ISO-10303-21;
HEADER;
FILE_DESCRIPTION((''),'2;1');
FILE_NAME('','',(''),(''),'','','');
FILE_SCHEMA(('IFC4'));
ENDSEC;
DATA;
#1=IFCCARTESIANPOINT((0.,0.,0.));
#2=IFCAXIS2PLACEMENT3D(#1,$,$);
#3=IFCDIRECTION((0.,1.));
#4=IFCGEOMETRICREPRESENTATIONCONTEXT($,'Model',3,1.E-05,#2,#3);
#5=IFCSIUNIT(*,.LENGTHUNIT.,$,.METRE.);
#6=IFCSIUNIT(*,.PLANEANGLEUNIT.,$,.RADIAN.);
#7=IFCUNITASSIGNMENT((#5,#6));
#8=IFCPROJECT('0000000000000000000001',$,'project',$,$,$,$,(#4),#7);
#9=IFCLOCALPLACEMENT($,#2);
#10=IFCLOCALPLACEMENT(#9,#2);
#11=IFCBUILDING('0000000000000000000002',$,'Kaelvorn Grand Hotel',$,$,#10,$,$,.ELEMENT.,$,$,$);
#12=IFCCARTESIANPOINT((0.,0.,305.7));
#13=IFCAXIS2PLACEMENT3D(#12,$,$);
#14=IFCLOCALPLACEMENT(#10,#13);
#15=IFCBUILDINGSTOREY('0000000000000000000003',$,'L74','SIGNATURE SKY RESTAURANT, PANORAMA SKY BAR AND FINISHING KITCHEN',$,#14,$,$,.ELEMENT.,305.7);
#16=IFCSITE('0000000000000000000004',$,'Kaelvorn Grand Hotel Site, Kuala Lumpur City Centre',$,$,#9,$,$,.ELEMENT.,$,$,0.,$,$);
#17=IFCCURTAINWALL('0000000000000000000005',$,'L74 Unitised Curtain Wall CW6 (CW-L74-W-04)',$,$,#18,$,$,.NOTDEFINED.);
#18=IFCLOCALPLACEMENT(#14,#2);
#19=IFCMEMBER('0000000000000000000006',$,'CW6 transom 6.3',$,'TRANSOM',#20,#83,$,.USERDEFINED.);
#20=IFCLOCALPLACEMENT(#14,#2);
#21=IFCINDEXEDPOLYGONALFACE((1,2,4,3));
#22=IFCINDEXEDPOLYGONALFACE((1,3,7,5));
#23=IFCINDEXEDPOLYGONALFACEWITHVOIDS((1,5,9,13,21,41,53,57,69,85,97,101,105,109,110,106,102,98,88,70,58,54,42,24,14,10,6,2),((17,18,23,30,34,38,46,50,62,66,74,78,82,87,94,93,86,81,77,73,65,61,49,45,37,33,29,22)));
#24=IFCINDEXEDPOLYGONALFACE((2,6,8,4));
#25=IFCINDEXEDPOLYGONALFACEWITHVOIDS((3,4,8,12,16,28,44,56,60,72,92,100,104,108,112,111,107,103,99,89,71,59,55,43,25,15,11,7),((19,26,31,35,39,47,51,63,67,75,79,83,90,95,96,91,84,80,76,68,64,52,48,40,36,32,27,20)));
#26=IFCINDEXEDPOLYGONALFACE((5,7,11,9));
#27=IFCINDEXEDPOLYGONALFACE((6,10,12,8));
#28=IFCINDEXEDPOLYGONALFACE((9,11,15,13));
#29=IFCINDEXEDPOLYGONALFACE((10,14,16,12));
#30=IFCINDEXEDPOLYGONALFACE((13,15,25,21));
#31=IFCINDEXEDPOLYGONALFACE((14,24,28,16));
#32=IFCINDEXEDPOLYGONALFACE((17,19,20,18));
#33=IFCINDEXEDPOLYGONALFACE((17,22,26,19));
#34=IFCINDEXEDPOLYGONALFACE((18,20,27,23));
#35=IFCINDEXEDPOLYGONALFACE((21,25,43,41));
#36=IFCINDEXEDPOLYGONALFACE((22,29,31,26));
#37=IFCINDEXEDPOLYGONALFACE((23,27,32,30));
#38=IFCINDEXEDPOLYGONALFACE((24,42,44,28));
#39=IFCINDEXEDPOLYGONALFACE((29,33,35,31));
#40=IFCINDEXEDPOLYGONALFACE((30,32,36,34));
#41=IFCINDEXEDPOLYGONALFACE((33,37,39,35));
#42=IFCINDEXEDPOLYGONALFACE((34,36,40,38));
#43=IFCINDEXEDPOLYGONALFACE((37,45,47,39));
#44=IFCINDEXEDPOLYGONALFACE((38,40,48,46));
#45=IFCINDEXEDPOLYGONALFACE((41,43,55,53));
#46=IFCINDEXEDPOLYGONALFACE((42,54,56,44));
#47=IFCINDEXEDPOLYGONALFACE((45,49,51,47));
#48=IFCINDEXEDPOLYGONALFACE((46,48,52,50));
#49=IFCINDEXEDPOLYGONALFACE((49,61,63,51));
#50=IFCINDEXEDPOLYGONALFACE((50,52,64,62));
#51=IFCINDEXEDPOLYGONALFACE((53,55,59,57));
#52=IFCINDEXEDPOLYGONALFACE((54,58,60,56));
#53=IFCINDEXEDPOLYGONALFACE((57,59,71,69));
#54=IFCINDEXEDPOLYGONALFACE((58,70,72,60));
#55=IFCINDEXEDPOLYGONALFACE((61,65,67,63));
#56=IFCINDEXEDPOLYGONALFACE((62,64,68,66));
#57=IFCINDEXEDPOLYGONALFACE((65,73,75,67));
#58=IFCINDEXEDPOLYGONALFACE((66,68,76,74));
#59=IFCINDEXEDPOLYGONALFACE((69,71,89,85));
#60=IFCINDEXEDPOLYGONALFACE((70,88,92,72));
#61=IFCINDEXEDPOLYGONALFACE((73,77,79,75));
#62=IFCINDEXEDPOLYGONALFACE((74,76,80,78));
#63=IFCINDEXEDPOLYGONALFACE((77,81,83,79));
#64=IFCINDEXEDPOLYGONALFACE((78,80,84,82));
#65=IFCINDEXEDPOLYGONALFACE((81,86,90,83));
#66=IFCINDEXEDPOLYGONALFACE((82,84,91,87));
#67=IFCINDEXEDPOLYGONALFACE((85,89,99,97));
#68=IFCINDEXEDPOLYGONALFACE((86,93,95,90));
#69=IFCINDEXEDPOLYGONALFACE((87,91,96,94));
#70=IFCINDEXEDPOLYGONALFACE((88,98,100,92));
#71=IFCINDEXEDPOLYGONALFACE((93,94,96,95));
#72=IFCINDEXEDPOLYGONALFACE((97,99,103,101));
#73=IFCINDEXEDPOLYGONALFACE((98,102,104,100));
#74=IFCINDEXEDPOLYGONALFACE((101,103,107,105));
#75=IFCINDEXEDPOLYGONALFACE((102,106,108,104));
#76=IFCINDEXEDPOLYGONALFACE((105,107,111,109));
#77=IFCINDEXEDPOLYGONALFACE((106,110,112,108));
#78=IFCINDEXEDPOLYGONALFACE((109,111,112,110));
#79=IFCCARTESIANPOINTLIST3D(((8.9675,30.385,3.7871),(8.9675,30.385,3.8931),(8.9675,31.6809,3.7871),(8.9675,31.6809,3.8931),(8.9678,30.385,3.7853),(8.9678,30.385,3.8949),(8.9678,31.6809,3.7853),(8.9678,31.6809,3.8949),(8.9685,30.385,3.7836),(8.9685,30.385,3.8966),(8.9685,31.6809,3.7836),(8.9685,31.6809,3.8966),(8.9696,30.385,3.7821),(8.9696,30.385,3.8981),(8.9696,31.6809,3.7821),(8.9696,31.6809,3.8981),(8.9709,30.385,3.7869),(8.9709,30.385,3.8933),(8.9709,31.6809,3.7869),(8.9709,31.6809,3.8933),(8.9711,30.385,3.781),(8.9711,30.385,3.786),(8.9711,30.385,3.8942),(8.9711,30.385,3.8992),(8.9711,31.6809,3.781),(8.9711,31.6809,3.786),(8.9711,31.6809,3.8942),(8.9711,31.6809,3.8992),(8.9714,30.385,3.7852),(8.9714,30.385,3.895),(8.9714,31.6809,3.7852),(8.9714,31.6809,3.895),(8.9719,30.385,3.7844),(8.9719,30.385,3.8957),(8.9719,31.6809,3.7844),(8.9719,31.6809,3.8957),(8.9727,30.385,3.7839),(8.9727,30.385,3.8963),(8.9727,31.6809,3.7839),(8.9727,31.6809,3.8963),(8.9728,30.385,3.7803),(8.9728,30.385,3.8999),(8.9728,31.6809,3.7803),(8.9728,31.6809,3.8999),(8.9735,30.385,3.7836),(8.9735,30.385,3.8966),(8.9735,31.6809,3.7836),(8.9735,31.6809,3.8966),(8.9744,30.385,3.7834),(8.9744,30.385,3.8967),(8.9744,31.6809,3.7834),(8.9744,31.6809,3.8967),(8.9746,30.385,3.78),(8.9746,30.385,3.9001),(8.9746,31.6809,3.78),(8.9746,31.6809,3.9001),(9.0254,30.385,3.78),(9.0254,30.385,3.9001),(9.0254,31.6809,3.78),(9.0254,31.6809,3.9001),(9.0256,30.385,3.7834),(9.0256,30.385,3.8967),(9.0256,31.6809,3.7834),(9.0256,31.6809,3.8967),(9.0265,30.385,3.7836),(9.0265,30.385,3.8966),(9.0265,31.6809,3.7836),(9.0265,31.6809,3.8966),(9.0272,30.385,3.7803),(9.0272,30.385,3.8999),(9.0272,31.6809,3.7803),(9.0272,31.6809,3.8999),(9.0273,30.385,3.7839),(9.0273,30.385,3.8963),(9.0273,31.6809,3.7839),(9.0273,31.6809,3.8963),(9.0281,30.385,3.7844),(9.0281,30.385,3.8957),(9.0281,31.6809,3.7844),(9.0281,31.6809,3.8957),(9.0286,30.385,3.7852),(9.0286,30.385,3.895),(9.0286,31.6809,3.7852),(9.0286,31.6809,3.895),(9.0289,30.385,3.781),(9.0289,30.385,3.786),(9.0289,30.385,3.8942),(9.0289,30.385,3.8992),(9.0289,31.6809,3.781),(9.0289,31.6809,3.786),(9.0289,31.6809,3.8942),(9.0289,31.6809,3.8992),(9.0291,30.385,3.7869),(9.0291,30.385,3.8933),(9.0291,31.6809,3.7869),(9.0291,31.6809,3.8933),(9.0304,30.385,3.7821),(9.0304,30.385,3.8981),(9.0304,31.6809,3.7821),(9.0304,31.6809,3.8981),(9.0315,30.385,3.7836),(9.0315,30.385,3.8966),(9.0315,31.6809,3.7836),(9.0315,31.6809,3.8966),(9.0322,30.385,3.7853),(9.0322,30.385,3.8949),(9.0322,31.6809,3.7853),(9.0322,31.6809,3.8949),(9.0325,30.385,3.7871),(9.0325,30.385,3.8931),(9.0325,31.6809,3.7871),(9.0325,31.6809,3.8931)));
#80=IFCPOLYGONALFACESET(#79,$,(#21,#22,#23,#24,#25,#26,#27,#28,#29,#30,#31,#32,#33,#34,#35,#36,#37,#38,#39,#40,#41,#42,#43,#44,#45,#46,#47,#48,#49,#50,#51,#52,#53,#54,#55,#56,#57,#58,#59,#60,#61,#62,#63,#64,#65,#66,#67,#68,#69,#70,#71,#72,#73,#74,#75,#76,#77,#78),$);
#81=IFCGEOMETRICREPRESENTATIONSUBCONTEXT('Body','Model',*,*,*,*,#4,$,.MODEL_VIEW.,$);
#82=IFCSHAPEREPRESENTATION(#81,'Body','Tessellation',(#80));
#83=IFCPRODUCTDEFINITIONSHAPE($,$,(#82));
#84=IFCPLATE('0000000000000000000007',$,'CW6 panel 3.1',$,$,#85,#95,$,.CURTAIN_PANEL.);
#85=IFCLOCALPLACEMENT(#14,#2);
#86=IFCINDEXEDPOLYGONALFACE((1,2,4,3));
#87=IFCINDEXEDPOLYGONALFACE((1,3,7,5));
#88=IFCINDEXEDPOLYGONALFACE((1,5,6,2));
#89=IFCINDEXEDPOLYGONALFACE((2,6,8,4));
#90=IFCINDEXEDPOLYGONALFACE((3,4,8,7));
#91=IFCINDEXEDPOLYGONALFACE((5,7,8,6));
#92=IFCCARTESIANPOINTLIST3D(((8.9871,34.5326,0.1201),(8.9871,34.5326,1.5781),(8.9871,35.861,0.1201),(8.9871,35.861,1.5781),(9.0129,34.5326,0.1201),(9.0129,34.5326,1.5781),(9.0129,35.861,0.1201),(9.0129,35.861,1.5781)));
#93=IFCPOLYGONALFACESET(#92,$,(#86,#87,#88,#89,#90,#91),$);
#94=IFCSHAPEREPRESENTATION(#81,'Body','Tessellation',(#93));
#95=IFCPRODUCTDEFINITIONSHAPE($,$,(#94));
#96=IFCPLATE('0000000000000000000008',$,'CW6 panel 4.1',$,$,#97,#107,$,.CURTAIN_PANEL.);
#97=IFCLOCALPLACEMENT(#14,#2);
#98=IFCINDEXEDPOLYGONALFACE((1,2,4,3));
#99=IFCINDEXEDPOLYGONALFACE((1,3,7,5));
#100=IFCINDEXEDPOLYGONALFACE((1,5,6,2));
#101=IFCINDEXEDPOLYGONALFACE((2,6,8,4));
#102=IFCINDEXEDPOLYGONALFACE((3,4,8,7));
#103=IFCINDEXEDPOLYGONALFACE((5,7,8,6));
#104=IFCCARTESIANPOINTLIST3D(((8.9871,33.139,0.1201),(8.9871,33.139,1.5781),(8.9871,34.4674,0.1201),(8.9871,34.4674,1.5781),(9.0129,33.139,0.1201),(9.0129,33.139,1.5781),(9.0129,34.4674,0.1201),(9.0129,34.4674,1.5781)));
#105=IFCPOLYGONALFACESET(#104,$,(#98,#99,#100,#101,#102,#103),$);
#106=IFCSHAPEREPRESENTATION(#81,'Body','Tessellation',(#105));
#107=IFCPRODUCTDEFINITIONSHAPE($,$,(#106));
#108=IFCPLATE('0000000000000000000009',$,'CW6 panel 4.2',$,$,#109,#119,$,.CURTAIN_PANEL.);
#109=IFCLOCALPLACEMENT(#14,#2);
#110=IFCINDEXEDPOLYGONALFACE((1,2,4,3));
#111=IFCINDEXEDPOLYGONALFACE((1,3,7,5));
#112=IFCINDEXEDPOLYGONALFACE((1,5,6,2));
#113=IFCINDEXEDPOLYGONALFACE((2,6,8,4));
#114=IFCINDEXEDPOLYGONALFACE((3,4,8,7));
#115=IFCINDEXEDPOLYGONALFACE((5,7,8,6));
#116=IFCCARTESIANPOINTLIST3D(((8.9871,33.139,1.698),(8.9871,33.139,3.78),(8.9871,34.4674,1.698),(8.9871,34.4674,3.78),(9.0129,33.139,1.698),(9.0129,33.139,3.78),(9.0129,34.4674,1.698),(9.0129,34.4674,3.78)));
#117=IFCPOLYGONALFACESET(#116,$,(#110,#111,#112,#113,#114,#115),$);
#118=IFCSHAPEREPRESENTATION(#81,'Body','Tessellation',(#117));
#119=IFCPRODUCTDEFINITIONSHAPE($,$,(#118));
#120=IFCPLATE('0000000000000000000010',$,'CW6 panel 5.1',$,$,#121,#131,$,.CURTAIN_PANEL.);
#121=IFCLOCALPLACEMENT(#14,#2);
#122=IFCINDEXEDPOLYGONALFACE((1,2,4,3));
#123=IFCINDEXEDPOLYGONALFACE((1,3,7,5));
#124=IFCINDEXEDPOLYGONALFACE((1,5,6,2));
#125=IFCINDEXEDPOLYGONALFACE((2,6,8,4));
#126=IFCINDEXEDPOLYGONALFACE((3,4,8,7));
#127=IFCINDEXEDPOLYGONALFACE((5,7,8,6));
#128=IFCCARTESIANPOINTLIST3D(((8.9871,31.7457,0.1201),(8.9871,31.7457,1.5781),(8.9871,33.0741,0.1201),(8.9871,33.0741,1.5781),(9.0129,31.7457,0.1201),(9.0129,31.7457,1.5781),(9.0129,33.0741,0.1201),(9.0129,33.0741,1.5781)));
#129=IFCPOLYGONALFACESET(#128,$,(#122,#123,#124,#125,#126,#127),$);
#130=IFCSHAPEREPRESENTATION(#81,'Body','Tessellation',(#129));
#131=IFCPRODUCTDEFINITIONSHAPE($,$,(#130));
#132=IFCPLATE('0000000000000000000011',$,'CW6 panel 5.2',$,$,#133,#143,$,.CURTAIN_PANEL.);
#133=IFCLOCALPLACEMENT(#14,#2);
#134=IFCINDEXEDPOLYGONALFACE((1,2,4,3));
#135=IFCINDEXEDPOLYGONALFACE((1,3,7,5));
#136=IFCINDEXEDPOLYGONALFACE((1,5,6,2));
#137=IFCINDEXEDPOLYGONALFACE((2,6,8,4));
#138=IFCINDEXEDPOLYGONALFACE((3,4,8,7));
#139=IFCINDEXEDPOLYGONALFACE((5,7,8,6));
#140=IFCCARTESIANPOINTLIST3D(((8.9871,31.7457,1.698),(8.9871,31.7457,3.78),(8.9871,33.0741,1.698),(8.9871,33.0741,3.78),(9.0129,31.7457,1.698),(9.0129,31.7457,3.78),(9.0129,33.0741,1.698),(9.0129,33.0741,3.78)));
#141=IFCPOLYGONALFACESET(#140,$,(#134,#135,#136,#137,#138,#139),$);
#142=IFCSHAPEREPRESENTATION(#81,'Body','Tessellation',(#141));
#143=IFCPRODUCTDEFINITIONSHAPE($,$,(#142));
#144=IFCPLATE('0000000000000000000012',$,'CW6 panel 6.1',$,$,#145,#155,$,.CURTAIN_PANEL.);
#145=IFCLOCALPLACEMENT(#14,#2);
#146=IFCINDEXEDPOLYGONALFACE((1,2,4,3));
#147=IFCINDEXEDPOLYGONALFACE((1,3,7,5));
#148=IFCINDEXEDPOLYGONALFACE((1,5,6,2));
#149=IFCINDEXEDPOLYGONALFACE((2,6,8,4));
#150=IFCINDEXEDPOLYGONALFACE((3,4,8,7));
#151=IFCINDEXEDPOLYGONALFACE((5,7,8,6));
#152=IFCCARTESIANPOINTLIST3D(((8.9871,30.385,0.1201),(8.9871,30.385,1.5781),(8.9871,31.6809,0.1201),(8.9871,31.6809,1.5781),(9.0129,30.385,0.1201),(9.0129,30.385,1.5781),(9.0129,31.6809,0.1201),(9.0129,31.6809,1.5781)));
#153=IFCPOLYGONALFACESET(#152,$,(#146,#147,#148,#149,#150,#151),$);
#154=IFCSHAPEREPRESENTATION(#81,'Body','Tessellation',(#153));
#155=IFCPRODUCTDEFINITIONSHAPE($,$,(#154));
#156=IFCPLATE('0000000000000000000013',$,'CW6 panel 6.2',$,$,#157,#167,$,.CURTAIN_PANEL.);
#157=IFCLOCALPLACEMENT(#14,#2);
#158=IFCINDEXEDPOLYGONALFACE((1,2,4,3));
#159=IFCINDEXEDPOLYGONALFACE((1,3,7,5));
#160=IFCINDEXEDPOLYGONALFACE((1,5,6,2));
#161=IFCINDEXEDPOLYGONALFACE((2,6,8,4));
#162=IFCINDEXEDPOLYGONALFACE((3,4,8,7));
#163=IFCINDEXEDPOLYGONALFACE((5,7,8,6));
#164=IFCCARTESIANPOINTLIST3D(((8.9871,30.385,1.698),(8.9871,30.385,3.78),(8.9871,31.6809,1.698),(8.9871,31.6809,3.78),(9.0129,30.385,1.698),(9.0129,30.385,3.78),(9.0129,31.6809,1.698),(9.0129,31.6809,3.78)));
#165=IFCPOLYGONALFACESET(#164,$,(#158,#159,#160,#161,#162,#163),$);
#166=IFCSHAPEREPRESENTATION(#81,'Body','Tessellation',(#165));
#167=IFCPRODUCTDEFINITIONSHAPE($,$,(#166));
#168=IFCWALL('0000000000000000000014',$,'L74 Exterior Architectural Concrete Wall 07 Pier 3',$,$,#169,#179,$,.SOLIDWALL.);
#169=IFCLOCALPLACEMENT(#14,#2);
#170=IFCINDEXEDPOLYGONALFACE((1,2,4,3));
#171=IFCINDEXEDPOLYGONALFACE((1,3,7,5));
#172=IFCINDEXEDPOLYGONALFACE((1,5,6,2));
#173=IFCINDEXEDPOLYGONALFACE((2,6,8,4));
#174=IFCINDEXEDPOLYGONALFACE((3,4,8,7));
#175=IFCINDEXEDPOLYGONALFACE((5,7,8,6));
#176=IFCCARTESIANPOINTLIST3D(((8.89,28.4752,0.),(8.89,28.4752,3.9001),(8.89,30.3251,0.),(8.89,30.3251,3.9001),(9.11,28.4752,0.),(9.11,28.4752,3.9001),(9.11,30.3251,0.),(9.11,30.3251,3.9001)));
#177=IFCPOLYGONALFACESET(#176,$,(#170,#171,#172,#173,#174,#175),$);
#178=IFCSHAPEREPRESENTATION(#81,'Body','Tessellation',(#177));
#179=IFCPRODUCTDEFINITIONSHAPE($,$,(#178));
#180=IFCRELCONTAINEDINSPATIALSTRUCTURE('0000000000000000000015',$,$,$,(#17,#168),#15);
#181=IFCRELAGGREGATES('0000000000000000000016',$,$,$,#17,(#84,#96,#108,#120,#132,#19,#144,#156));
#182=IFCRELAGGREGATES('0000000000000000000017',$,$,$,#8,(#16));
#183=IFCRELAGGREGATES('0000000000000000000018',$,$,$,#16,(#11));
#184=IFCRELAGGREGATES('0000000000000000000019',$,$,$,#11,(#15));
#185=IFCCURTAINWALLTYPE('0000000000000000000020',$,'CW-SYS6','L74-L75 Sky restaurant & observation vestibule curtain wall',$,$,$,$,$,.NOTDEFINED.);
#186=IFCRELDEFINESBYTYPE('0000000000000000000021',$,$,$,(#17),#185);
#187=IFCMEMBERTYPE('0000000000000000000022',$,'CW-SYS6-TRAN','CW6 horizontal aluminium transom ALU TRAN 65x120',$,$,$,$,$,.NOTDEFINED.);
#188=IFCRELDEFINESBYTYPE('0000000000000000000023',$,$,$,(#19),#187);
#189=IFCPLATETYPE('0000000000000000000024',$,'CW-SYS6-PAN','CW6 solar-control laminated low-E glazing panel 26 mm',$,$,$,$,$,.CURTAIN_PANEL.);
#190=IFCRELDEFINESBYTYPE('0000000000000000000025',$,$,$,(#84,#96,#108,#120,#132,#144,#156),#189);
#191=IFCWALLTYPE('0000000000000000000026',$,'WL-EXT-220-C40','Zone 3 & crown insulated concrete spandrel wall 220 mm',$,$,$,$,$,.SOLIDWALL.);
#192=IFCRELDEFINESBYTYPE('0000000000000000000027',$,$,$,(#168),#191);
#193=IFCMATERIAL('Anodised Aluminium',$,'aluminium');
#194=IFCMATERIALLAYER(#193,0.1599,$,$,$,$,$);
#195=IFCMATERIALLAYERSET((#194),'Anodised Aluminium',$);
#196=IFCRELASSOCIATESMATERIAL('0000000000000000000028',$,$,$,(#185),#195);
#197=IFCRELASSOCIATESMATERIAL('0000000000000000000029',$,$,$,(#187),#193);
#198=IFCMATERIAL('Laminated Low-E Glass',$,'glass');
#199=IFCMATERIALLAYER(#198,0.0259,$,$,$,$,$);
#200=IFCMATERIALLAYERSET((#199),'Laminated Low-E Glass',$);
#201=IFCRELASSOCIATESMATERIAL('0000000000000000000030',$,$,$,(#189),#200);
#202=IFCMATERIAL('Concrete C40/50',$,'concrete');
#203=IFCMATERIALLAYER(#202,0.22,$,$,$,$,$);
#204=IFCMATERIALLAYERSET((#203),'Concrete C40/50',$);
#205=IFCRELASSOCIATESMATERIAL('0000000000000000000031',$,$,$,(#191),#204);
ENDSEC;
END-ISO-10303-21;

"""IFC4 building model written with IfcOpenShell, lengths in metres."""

from ifc_helpers import new_model, si_unit, direction, frame, frame_2d, origin, origin_2d, place, context, subcontext, project, spatial, rectangle, hollow_rectangle, extrude, material, layer, layer_set, material_profile, profile_set, type_object, element, aggregate, save


model = new_model("IFC4")

# Units and contexts
model_context = context("Model", 3, precision=1e-05, world=origin(), true_north=direction((0.0, 1.0)))
body_context = subcontext(model_context, "Body", "Model", "MODEL_VIEW")
ifc_project = project(units=[si_unit("LENGTHUNIT", "METRE"), si_unit("PLANEANGLEUNIT", "RADIAN")], contexts=[model_context])

# Site, building, storey
site_placement = place(None, origin())
site = spatial("IfcSite", under=ifc_project, at=site_placement, Name="Kaelvorn Grand Hotel Site, Kuala Lumpur City Centre", CompositionType="ELEMENT", RefElevation=0.0)
building_placement = place(site_placement, origin())
building = spatial("IfcBuilding", under=site, at=building_placement, Name="Kaelvorn Grand Hotel", CompositionType="ELEMENT")
storey_placement = place(building_placement, frame((0.0, 0.0, 305.7)))
storey = spatial("IfcBuildingStorey", under=building, at=storey_placement, Name="L74", Description="SIGNATURE SKY RESTAURANT, PANORAMA SKY BAR AND FINISHING KITCHEN", CompositionType="ELEMENT", Elevation=305.7)

# Curtain wall, member, plates
ifc_material_1 = material(Name="Anodised Aluminium", Category="aluminium")
ifc_layer_1 = layer(ifc_material_1, 0.1599)
ifc_layer_set_1 = layer_set([ifc_layer_1], Name="Anodised Aluminium")
curtain_wall_type = type_object("IfcCurtainWallType", Name="CW-SYS6", Description="L74-L75 Sky restaurant & observation vestibule curtain wall", PredefinedType="NOTDEFINED", material=ifc_layer_set_1)
curtain_wall_placement = place(storey_placement, origin())
curtain_wall = element("IfcCurtainWall", 1, at=curtain_wall_placement, inside=storey, type_object=curtain_wall_type, Name="L74 Unitised Curtain Wall CW6 (CW-L74-W-04)", PredefinedType="NOTDEFINED")
ifc_material_profile_1 = material_profile(ifc_material_1, hollow_rectangle(XDim=0.0649, YDim=0.1201, WallThickness=0.0034, InnerFilletRadius=0.0034, OuterFilletRadius=0.0071, at=origin_2d()), Name="ALU TRAN 65x120")
ifc_profile_set_1 = profile_set([ifc_material_profile_1], Name="Anodised Aluminium")
member_type_1 = type_object("IfcMemberType", Name="CW-SYS6-TRAN", Description="CW6 horizontal aluminium transom ALU TRAN 65x120", PredefinedType="NOTDEFINED", material=ifc_profile_set_1)
member_1_placement = place(storey_placement, frame((9.0, 31.6809, 3.8401), z_axis=(0.0, -1.0, 0.0), x_axis=(1.0, 0.0, 0.0)))
member_1 = element("IfcMember", 2, at=member_1_placement, type_object=member_type_1, Name="CW6 transom 6.3", ObjectType="TRANSOM", PredefinedType="USERDEFINED", context=body_context, shape_type="SweptSolid", body=[
    extrude(hollow_rectangle(XDim=0.0649, YDim=0.1201, WallThickness=0.0034, InnerFilletRadius=0.0034, OuterFilletRadius=0.0071, at=origin_2d()), origin(), (0.0, 0.0, 1.0), 1.2959),
])
ifc_material_2 = material(Name="Laminated Low-E Glass", Category="glass")
ifc_layer_2 = layer(ifc_material_2, 0.0259)
ifc_layer_set_2 = layer_set([ifc_layer_2], Name="Laminated Low-E Glass")
plate_type = type_object("IfcPlateType", Name="CW-SYS6-PAN", Description="CW6 solar-control laminated low-E glazing panel 26 mm", PredefinedType="CURTAIN_PANEL", material=ifc_layer_set_2)
plate_1_placement = place(storey_placement, frame((9.0, 35.1968, 0.1201), z_axis=(0.0, 0.0, 1.0), x_axis=(0.0, -1.0, 0.0)))
plate_1 = element("IfcPlate", 3, at=plate_1_placement, type_object=plate_type, Name="CW6 panel 3.1", PredefinedType="CURTAIN_PANEL", context=body_context, shape_type="SweptSolid", body=[
    extrude(rectangle(XDim=1.3284, YDim=0.0259, at=origin_2d()), origin(), (0.0, 0.0, 1.0), 1.458),
])
plate_2_placement = place(storey_placement, frame((9.0, 33.8032, 0.1201), z_axis=(0.0, 0.0, 1.0), x_axis=(0.0, -1.0, 0.0)))
plate_2 = element("IfcPlate", 4, at=plate_2_placement, type_object=plate_type, Name="CW6 panel 4.1", PredefinedType="CURTAIN_PANEL", context=body_context, shape_type="SweptSolid", body=[
    extrude(rectangle(XDim=1.3284, YDim=0.0259, at=origin_2d()), origin(), (0.0, 0.0, 1.0), 1.458),
])
plate_3_placement = place(storey_placement, frame((9.0, 33.8032, 1.698), z_axis=(0.0, 0.0, 1.0), x_axis=(0.0, -1.0, 0.0)))
plate_3 = element("IfcPlate", 5, at=plate_3_placement, type_object=plate_type, Name="CW6 panel 4.2", PredefinedType="CURTAIN_PANEL", context=body_context, shape_type="SweptSolid", body=[
    extrude(rectangle(XDim=1.3284, YDim=0.0259, at=origin_2d()), origin(), (0.0, 0.0, 1.0), 2.082),
])
plate_4_placement = place(storey_placement, frame((9.0, 32.4099, 0.1201), z_axis=(0.0, 0.0, 1.0), x_axis=(0.0, -1.0, 0.0)))
plate_4 = element("IfcPlate", 6, at=plate_4_placement, type_object=plate_type, Name="CW6 panel 5.1", PredefinedType="CURTAIN_PANEL", context=body_context, shape_type="SweptSolid", body=[
    extrude(rectangle(XDim=1.3284, YDim=0.0259, at=origin_2d()), origin(), (0.0, 0.0, 1.0), 1.458),
])
plate_5_placement = place(storey_placement, frame((9.0, 32.4099, 1.698), z_axis=(0.0, 0.0, 1.0), x_axis=(0.0, -1.0, 0.0)))
plate_5 = element("IfcPlate", 7, at=plate_5_placement, type_object=plate_type, Name="CW6 panel 5.2", PredefinedType="CURTAIN_PANEL", context=body_context, shape_type="SweptSolid", body=[
    extrude(rectangle(XDim=1.3284, YDim=0.0259, at=origin_2d()), origin(), (0.0, 0.0, 1.0), 2.082),
])
plate_6_placement = place(storey_placement, frame((9.0, 31.033, 0.1201), z_axis=(0.0, 0.0, 1.0), x_axis=(0.0, -1.0, 0.0)))
plate_6 = element("IfcPlate", 8, at=plate_6_placement, type_object=plate_type, Name="CW6 panel 6.1", PredefinedType="CURTAIN_PANEL", context=body_context, shape_type="SweptSolid", body=[
    extrude(rectangle(XDim=1.2959, YDim=0.0259, at=origin_2d()), origin(), (0.0, 0.0, 1.0), 1.458),
])
plate_7_placement = place(storey_placement, frame((9.0, 31.033, 1.698), z_axis=(0.0, 0.0, 1.0), x_axis=(0.0, -1.0, 0.0)))
plate_7 = element("IfcPlate", 9, at=plate_7_placement, type_object=plate_type, Name="CW6 panel 6.2", PredefinedType="CURTAIN_PANEL", context=body_context, shape_type="SweptSolid", body=[
    extrude(rectangle(XDim=1.2959, YDim=0.0259, at=origin_2d()), origin(), (0.0, 0.0, 1.0), 2.082),
])
aggregate(curtain_wall, [plate_1, plate_2, plate_3, plate_4, plate_5, member_1, plate_6, plate_7])

# Wall
ifc_material_3 = material(Name="Concrete C40/50", Category="concrete")
ifc_layer_3 = layer(ifc_material_3, 0.22)
ifc_layer_set_3 = layer_set([ifc_layer_3], Name="Concrete C40/50")
wall_type = type_object("IfcWallType", Name="WL-EXT-220-C40", Description="Zone 3 & crown insulated concrete spandrel wall 220 mm", PredefinedType="SOLIDWALL", material=ifc_layer_set_3)
wall_placement = place(storey_placement, frame((9.0, 30.325, 0.0), z_axis=(0.0, 0.0, 1.0), x_axis=(0.0, -1.0, 0.0)))
element("IfcWall", 10, at=wall_placement, inside=storey, type_object=wall_type, Name="L74 Exterior Architectural Concrete Wall 07 Pier 3", PredefinedType="SOLIDWALL", context=body_context, shape_type="SweptSolid", body=[
    extrude(rectangle(XDim=1.8499, YDim=0.22, at=frame_2d((0.9248, 0.0))), origin(), (0.0, 0.0, 1.0), 3.9001),
])

save(model, "model.ifc")
